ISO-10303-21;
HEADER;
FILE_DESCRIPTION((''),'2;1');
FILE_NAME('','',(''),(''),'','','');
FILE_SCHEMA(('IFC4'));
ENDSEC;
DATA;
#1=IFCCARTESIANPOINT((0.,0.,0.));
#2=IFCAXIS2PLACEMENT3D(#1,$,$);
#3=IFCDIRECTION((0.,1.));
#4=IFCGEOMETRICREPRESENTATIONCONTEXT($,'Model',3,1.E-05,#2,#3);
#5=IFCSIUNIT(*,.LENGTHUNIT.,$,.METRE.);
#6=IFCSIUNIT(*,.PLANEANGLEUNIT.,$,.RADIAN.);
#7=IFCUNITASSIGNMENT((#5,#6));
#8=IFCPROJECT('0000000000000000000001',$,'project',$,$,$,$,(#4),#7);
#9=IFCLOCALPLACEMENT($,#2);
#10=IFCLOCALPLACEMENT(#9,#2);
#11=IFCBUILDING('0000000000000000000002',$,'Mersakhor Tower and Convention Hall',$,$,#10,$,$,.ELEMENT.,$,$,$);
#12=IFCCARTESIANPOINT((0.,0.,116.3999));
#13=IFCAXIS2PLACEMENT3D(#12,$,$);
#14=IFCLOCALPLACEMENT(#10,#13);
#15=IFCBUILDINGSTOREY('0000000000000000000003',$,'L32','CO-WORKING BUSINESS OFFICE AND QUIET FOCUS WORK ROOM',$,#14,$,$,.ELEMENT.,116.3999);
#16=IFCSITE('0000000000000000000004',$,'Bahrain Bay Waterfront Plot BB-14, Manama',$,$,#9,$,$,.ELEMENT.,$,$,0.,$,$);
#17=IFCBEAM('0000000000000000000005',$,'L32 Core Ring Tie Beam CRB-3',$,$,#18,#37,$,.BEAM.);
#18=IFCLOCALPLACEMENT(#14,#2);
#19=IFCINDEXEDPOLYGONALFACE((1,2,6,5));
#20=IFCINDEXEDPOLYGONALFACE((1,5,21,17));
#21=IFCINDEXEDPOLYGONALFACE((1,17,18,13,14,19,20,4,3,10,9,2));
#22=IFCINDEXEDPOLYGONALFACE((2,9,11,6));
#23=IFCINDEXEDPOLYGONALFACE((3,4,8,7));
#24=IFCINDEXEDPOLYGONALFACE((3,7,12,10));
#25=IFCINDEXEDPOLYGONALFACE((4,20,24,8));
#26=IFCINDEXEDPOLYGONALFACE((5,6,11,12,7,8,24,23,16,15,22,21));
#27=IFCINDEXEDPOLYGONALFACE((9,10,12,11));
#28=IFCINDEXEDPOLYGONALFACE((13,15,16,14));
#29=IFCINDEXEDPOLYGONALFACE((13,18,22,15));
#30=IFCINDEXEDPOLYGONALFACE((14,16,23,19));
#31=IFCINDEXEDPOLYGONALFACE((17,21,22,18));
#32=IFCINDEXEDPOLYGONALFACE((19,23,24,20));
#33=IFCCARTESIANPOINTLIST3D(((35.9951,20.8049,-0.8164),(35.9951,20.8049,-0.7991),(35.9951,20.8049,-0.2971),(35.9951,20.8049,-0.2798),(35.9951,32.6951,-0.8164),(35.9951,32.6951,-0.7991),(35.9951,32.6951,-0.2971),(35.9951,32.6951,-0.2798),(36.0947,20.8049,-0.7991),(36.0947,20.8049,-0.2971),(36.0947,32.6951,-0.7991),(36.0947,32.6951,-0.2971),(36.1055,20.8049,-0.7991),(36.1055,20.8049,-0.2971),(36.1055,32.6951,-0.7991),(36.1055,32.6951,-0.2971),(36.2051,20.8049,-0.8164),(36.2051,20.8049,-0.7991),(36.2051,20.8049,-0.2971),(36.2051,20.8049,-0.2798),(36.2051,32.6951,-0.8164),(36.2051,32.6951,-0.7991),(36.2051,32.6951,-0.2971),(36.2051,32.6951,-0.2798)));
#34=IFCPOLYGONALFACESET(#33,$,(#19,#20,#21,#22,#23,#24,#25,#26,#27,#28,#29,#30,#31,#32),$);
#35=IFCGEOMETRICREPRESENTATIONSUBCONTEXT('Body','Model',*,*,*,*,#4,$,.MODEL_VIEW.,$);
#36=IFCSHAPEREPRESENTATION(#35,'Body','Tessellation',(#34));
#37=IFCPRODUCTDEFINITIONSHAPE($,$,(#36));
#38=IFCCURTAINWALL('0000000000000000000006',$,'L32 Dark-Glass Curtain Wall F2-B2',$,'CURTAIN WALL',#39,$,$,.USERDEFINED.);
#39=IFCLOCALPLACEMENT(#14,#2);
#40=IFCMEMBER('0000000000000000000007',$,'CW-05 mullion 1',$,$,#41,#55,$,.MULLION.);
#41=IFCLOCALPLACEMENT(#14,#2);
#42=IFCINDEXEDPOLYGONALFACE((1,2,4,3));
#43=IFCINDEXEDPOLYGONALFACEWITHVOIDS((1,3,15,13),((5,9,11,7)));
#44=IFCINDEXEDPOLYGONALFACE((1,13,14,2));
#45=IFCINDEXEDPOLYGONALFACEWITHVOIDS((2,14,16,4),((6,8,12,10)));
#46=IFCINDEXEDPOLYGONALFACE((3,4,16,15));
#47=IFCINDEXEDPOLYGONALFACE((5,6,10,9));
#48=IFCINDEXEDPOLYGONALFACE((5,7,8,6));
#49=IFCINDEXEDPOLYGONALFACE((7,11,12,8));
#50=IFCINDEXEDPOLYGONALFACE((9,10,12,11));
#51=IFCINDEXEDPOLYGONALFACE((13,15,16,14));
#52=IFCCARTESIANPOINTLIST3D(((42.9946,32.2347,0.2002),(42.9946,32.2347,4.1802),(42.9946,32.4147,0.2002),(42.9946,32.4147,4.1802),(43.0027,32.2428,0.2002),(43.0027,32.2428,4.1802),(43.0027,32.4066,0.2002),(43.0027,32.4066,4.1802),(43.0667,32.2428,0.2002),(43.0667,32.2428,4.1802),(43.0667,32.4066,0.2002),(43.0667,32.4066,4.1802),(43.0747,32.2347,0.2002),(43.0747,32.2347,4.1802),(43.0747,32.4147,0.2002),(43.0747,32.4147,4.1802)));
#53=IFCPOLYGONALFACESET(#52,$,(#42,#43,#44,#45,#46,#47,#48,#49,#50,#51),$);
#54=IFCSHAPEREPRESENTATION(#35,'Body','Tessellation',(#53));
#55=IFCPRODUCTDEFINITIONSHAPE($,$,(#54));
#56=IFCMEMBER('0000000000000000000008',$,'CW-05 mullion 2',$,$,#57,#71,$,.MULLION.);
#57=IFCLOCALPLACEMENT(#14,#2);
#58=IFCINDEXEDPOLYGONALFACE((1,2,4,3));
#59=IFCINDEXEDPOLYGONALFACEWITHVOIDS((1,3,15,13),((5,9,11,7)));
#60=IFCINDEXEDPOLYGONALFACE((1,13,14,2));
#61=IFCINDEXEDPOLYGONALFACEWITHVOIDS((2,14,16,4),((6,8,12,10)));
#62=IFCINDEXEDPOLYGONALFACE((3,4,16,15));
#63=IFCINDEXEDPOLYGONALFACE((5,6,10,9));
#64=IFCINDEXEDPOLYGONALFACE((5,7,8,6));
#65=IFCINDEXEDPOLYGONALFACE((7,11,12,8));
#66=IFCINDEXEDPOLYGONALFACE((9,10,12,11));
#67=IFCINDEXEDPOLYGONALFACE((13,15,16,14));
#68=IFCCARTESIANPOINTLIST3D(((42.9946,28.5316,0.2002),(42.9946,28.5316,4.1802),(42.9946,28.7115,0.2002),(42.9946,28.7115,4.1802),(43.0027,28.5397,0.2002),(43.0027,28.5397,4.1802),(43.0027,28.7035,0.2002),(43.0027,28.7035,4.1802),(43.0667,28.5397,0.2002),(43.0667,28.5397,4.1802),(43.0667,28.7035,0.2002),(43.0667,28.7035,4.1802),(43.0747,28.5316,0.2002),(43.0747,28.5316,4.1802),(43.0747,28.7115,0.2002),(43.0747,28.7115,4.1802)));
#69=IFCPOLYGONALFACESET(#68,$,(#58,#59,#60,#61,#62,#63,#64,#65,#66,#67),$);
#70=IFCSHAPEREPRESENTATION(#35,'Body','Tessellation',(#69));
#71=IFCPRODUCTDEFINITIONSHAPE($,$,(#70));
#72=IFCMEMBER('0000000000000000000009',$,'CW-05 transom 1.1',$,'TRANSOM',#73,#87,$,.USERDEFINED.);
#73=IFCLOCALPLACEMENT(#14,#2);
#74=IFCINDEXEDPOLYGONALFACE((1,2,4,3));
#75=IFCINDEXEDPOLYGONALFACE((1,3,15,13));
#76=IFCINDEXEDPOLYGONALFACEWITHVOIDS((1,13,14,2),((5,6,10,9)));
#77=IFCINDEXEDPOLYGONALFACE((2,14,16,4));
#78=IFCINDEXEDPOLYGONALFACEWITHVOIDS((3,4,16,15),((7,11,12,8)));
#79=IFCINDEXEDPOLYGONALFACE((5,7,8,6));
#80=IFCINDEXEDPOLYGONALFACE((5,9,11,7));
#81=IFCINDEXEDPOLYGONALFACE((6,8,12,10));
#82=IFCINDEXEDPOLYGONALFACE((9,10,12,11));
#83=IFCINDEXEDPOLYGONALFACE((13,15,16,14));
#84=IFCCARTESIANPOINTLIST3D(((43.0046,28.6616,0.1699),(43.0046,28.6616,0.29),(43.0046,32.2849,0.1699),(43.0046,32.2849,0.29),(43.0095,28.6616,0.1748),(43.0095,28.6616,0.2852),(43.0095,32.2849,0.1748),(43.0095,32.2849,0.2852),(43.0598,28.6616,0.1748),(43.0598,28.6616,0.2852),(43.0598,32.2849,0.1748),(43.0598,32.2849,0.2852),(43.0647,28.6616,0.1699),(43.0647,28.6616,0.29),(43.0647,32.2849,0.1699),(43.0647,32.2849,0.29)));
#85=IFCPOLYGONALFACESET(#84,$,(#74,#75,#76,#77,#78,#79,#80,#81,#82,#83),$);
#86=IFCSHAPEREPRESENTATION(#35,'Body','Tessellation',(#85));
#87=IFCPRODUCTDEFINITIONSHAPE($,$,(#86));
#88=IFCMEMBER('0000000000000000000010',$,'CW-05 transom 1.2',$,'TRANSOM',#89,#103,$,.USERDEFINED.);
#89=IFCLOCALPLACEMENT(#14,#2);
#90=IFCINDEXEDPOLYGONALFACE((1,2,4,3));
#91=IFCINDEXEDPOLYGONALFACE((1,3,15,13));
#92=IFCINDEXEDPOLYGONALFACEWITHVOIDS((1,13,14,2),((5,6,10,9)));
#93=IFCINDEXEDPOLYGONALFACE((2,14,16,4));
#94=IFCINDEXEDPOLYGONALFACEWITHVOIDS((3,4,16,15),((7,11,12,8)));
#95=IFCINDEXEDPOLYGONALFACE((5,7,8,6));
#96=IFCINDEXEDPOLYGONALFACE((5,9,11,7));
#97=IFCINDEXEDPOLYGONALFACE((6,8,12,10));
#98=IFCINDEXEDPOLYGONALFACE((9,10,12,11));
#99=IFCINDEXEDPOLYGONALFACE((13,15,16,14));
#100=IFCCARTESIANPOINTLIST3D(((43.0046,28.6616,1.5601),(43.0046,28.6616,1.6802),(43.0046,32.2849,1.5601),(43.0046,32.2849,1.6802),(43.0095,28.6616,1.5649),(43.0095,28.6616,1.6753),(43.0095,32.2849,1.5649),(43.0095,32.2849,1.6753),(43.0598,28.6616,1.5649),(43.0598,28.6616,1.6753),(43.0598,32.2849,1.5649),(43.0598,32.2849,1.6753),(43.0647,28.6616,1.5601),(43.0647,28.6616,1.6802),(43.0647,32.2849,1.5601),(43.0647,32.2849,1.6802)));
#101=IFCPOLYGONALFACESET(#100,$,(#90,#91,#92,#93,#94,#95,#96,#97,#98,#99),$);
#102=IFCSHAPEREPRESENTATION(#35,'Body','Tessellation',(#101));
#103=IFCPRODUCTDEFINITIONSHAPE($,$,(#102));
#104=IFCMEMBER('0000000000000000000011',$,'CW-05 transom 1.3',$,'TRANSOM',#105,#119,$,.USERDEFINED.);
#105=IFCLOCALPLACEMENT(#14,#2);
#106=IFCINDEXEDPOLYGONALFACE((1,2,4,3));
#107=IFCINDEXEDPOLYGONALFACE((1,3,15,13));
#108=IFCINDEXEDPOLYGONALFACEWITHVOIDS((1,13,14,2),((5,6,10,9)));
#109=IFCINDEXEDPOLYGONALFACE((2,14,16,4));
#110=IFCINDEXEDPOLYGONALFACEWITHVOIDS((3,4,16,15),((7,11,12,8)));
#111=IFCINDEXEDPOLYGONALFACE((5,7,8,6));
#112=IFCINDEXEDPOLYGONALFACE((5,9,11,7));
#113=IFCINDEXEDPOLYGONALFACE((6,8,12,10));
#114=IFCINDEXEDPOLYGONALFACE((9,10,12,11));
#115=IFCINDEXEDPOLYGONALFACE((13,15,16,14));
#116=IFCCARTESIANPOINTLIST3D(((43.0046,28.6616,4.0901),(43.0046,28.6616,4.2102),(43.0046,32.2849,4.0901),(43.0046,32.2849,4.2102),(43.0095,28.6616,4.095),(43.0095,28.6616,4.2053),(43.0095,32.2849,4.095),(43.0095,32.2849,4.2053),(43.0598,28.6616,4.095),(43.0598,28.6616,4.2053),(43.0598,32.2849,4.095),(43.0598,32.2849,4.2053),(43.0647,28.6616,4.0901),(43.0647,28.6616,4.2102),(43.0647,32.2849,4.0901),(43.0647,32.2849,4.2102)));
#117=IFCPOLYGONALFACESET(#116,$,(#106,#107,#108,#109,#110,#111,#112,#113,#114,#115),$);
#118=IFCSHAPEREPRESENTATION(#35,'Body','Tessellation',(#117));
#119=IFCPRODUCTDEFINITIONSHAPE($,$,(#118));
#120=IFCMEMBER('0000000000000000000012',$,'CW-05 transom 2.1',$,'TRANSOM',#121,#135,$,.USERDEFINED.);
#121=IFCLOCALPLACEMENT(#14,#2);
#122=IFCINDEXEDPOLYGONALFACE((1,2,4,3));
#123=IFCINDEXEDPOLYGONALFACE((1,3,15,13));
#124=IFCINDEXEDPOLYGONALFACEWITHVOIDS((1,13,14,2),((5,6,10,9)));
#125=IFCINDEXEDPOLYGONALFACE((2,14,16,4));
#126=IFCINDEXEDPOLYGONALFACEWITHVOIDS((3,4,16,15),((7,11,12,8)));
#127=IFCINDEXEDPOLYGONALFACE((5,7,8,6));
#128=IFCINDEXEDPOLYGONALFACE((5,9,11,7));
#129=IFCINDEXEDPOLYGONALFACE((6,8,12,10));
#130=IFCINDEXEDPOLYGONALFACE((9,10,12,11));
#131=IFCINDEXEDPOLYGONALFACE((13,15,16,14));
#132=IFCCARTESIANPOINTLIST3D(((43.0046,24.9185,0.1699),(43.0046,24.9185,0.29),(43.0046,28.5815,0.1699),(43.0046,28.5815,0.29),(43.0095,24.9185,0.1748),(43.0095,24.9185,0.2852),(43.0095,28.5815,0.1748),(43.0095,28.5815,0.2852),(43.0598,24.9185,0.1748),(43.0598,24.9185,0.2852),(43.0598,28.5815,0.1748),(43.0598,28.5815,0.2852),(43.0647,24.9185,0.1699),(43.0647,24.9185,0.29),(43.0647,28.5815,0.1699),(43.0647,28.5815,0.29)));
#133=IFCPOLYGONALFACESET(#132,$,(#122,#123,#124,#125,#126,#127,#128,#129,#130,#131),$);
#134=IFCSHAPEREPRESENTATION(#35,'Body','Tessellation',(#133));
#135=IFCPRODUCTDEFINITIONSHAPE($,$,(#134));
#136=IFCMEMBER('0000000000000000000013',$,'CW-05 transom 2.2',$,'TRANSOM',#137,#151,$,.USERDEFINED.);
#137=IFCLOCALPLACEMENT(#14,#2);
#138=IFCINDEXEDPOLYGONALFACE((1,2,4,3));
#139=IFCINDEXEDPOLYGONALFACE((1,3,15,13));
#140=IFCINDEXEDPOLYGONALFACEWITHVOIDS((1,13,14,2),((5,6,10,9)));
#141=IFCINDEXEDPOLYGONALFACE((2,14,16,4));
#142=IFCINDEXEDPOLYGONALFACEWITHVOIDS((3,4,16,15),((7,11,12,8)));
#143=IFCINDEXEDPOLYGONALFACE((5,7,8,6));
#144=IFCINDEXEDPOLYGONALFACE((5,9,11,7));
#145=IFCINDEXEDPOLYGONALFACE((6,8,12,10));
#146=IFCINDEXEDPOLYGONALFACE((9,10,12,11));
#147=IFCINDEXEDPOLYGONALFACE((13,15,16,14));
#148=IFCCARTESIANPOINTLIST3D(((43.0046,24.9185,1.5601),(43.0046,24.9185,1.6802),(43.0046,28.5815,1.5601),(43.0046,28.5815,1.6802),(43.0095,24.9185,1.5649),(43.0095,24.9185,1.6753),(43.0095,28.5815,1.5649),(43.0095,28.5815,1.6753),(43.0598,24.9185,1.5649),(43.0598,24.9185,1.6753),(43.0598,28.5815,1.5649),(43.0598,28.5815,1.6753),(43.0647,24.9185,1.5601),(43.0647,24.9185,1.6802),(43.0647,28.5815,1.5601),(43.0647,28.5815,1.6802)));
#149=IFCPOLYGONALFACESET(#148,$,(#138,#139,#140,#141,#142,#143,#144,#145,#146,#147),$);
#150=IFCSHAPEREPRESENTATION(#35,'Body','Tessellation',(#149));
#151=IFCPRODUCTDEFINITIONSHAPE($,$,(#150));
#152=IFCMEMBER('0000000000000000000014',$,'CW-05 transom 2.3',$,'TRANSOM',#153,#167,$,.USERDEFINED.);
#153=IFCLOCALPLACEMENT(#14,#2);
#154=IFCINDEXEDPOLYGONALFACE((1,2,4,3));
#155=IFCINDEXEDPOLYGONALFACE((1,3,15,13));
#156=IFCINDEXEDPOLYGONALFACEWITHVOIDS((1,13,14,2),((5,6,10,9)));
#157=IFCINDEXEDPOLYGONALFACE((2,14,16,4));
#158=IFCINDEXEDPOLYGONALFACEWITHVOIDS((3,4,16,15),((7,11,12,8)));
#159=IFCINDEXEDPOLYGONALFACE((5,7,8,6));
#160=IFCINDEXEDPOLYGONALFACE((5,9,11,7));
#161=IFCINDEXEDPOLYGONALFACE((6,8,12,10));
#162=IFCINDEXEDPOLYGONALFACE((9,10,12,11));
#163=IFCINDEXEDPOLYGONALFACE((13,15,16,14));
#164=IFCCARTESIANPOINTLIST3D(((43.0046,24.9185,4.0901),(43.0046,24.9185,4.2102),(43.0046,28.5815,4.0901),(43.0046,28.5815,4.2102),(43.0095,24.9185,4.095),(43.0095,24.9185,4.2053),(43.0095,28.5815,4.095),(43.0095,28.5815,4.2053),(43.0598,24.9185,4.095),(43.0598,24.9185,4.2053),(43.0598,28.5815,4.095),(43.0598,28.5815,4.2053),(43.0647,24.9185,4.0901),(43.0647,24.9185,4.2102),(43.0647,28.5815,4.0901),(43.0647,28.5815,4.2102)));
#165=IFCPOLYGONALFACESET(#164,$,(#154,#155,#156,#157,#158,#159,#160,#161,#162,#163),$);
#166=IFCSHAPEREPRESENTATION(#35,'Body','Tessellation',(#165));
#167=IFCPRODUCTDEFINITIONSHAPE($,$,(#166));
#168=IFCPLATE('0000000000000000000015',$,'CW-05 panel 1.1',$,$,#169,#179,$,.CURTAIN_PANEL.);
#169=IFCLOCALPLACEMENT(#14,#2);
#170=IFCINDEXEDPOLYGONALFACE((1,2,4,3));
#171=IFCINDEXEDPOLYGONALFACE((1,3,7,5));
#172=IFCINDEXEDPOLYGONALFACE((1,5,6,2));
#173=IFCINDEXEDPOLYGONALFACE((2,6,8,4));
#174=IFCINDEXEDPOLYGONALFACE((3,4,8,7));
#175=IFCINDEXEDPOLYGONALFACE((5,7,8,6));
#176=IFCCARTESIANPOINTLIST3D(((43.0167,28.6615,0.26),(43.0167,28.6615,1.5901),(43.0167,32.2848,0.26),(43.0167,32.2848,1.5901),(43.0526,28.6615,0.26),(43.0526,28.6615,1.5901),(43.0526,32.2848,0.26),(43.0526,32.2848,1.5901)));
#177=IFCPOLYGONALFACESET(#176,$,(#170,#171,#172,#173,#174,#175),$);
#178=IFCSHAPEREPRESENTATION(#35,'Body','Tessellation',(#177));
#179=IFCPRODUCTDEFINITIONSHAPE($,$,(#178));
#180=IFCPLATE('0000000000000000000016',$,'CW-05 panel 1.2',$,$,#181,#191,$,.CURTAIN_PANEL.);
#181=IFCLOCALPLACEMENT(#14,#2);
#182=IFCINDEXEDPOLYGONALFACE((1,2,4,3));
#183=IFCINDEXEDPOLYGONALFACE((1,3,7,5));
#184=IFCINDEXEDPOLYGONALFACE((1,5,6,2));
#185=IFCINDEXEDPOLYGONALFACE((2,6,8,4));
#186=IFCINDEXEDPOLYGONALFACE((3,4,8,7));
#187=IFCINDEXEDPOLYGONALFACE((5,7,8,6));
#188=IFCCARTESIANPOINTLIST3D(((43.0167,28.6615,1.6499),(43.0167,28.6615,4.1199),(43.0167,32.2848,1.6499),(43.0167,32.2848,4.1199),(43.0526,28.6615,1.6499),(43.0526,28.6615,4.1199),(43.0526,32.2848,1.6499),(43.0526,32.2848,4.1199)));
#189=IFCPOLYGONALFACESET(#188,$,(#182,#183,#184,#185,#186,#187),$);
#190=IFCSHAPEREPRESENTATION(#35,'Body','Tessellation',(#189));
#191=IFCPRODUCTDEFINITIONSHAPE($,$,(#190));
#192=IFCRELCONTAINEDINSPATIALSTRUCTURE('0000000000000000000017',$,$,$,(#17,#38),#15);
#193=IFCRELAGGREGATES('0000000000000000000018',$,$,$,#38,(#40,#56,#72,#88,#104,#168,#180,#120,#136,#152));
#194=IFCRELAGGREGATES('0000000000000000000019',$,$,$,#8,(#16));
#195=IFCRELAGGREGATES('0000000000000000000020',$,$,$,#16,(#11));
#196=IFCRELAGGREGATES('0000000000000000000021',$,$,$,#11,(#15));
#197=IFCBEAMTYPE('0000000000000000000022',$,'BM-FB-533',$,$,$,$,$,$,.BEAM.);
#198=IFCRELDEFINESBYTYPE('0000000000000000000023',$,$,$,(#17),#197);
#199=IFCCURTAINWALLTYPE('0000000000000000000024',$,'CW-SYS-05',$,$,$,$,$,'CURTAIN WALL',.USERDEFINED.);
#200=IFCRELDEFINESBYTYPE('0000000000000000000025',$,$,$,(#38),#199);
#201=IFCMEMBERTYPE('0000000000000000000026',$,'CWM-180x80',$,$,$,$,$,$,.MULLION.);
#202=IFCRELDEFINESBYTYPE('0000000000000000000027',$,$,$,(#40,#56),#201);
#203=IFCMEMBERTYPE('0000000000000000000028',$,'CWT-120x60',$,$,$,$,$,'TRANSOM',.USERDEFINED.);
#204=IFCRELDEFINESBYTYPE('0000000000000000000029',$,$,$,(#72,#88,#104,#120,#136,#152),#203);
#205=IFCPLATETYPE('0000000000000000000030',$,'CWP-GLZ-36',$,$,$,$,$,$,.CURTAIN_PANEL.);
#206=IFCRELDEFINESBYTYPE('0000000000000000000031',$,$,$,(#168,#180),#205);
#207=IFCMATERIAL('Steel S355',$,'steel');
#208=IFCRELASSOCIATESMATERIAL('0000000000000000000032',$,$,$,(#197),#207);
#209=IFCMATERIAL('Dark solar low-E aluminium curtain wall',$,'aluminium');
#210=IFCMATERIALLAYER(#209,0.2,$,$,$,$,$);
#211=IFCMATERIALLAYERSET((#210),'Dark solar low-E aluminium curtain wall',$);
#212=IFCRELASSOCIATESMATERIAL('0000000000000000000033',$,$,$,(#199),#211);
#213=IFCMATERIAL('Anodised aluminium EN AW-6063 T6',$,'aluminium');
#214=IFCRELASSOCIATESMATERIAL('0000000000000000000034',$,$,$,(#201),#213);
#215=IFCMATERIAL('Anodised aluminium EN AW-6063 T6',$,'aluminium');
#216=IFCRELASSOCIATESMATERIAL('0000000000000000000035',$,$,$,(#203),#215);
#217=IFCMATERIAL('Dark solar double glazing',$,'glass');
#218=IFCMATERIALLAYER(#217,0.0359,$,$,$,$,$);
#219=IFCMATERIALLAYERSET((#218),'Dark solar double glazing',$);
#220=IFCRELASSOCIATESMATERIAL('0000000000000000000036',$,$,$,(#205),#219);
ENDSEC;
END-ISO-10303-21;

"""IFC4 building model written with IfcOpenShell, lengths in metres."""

from ifc_helpers import new_model, si_unit, direction, frame, origin, origin_2d, place, context, subcontext, project, spatial, rectangle, hollow_rectangle, i_section, extrude, material, layer, layer_set, material_profile, profile_set, type_object, element, aggregate, save


model = new_model("IFC4")

# Units and contexts
model_context = context("Model", 3, precision=1e-05, world=origin(), true_north=direction((0.0, 1.0)))
body_context = subcontext(model_context, "Body", "Model", "MODEL_VIEW")
ifc_project = project(units=[si_unit("LENGTHUNIT", "METRE"), si_unit("PLANEANGLEUNIT", "RADIAN")], contexts=[model_context])

# Site, building, storey
site_placement = place(None, origin())
site = spatial("IfcSite", under=ifc_project, at=site_placement, Name="Bahrain Bay Waterfront Plot BB-14, Manama", CompositionType="ELEMENT", RefElevation=0.0)
building_placement = place(site_placement, origin())
building = spatial("IfcBuilding", under=site, at=building_placement, Name="Mersakhor Tower and Convention Hall", CompositionType="ELEMENT")
storey_placement = place(building_placement, frame((0.0, 0.0, 116.3999)))
storey = spatial("IfcBuildingStorey", under=building, at=storey_placement, Name="L32", Description="CO-WORKING BUSINESS OFFICE AND QUIET FOCUS WORK ROOM", CompositionType="ELEMENT", Elevation=116.3999)

# Beam
ifc_material_1 = material(Name="Steel S355", Category="steel")
ifc_material_profile_1 = material_profile(ifc_material_1, i_section(OverallWidth=0.21, OverallDepth=0.5366, WebThickness=0.0107, FlangeThickness=0.0173, at=origin_2d()), Name="UB 533x210x101")
ifc_profile_set_1 = profile_set([ifc_material_profile_1], Name="Steel S355")
beam_type = type_object("IfcBeamType", Name="BM-FB-533", PredefinedType="BEAM", material=ifc_profile_set_1)
beam_placement = place(storey_placement, frame((36.1001, 32.6951, -0.5481), z_axis=(0.0, -1.0, 0.0), x_axis=(1.0, 0.0, 0.0)))
element("IfcBeam", 1, at=beam_placement, inside=storey, type_object=beam_type, Name="L32 Core Ring Tie Beam CRB-3", PredefinedType="BEAM", context=body_context, shape_type="SweptSolid", body=[
    extrude(i_section(OverallWidth=0.21, OverallDepth=0.5366, WebThickness=0.0107, FlangeThickness=0.0173, at=origin_2d()), origin(), (0.0, 0.0, 1.0), 11.8901),
])

# Curtain wall, members, plates
ifc_material_2 = material(Name="Dark solar low-E aluminium curtain wall", Category="aluminium")
ifc_layer_1 = layer(ifc_material_2, 0.2)
ifc_layer_set_1 = layer_set([ifc_layer_1], Name="Dark solar low-E aluminium curtain wall")
curtain_wall_type = type_object("IfcCurtainWallType", Name="CW-SYS-05", ElementType="CURTAIN WALL", PredefinedType="USERDEFINED", material=ifc_layer_set_1)
curtain_wall_placement = place(storey_placement, origin())
curtain_wall = element("IfcCurtainWall", 2, at=curtain_wall_placement, inside=storey, type_object=curtain_wall_type, Name="L32 Dark-Glass Curtain Wall F2-B2", ObjectType="CURTAIN WALL", PredefinedType="USERDEFINED")
ifc_material_3 = material(Name="Anodised aluminium EN AW-6063 T6", Category="aluminium")
ifc_material_profile_2 = material_profile(ifc_material_3, hollow_rectangle(XDim=0.0801, YDim=0.1799, WallThickness=0.0081, at=origin_2d()), Name="RHS 180x80x8")
ifc_profile_set_2 = profile_set([ifc_material_profile_2], Name="Anodised aluminium EN AW-6063 T6")
member_type_1 = type_object("IfcMemberType", Name="CWM-180x80", PredefinedType="MULLION", material=ifc_profile_set_2)
member_1_placement = place(storey_placement, frame((43.0347, 32.3247, 0.2002), z_axis=(0.0, 0.0, 1.0), x_axis=(1.0, 0.0, 0.0)))
member_1 = element("IfcMember", 3, at=member_1_placement, type_object=member_type_1, Name="CW-05 mullion 1", PredefinedType="MULLION", context=body_context, shape_type="SweptSolid", body=[
    extrude(hollow_rectangle(XDim=0.0801, YDim=0.1799, WallThickness=0.0081, at=origin_2d()), origin(), (0.0, 0.0, 1.0), 3.98),
])
member_2_placement = place(storey_placement, frame((43.0347, 28.6216, 0.2002), z_axis=(0.0, 0.0, 1.0), x_axis=(1.0, 0.0, 0.0)))
member_2 = element("IfcMember", 4, at=member_2_placement, type_object=member_type_1, Name="CW-05 mullion 2", PredefinedType="MULLION", context=body_context, shape_type="SweptSolid", body=[
    extrude(hollow_rectangle(XDim=0.0801, YDim=0.1799, WallThickness=0.0081, at=origin_2d()), origin(), (0.0, 0.0, 1.0), 3.98),
])
ifc_material_4 = material(Name="Anodised aluminium EN AW-6063 T6", Category="aluminium")
ifc_material_profile_3 = material_profile(ifc_material_4, hollow_rectangle(XDim=0.0601, YDim=0.1201, WallThickness=0.0049, at=origin_2d()), Name="RHS 120x60x5")
ifc_profile_set_3 = profile_set([ifc_material_profile_3], Name="Anodised aluminium EN AW-6063 T6")
member_type_2 = type_object("IfcMemberType", Name="CWT-120x60", ElementType="TRANSOM", PredefinedType="USERDEFINED", material=ifc_profile_set_3)
member_3_placement = place(storey_placement, frame((43.0347, 32.2849, 0.23), z_axis=(0.0, -1.0, 0.0), x_axis=(1.0, 0.0, 0.0)))
member_3 = element("IfcMember", 5, at=member_3_placement, type_object=member_type_2, Name="CW-05 transom 1.1", ObjectType="TRANSOM", PredefinedType="USERDEFINED", context=body_context, shape_type="SweptSolid", body=[
    extrude(hollow_rectangle(XDim=0.0601, YDim=0.1201, WallThickness=0.0049, at=origin_2d()), origin(), (0.0, 0.0, 1.0), 3.6233),
])
member_4_placement = place(storey_placement, frame((43.0347, 32.2849, 1.6201), z_axis=(0.0, -1.0, 0.0), x_axis=(1.0, 0.0, 0.0)))
member_4 = element("IfcMember", 6, at=member_4_placement, type_object=member_type_2, Name="CW-05 transom 1.2", ObjectType="TRANSOM", PredefinedType="USERDEFINED", context=body_context, shape_type="SweptSolid", body=[
    extrude(hollow_rectangle(XDim=0.0601, YDim=0.1201, WallThickness=0.0049, at=origin_2d()), origin(), (0.0, 0.0, 1.0), 3.6233),
])
member_5_placement = place(storey_placement, frame((43.0347, 32.2849, 4.1501), z_axis=(0.0, -1.0, 0.0), x_axis=(1.0, 0.0, 0.0)))
member_5 = element("IfcMember", 7, at=member_5_placement, type_object=member_type_2, Name="CW-05 transom 1.3", ObjectType="TRANSOM", PredefinedType="USERDEFINED", context=body_context, shape_type="SweptSolid", body=[
    extrude(hollow_rectangle(XDim=0.0601, YDim=0.1201, WallThickness=0.0049, at=origin_2d()), origin(), (0.0, 0.0, 1.0), 3.6233),
])
member_6_placement = place(storey_placement, frame((43.0347, 28.5815, 0.23), z_axis=(0.0, -1.0, 0.0), x_axis=(1.0, 0.0, 0.0)))
member_6 = element("IfcMember", 8, at=member_6_placement, type_object=member_type_2, Name="CW-05 transom 2.1", ObjectType="TRANSOM", PredefinedType="USERDEFINED", context=body_context, shape_type="SweptSolid", body=[
    extrude(hollow_rectangle(XDim=0.0601, YDim=0.1201, WallThickness=0.0049, at=origin_2d()), origin(), (0.0, 0.0, 1.0), 3.6631),
])
member_7_placement = place(storey_placement, frame((43.0347, 28.5815, 1.6201), z_axis=(0.0, -1.0, 0.0), x_axis=(1.0, 0.0, 0.0)))
member_7 = element("IfcMember", 9, at=member_7_placement, type_object=member_type_2, Name="CW-05 transom 2.2", ObjectType="TRANSOM", PredefinedType="USERDEFINED", context=body_context, shape_type="SweptSolid", body=[
    extrude(hollow_rectangle(XDim=0.0601, YDim=0.1201, WallThickness=0.0049, at=origin_2d()), origin(), (0.0, 0.0, 1.0), 3.6631),
])
member_8_placement = place(storey_placement, frame((43.0347, 28.5815, 4.1501), z_axis=(0.0, -1.0, 0.0), x_axis=(1.0, 0.0, 0.0)))
member_8 = element("IfcMember", 10, at=member_8_placement, type_object=member_type_2, Name="CW-05 transom 2.3", ObjectType="TRANSOM", PredefinedType="USERDEFINED", context=body_context, shape_type="SweptSolid", body=[
    extrude(hollow_rectangle(XDim=0.0601, YDim=0.1201, WallThickness=0.0049, at=origin_2d()), origin(), (0.0, 0.0, 1.0), 3.6631),
])
ifc_material_5 = material(Name="Dark solar double glazing", Category="glass")
ifc_layer_2 = layer(ifc_material_5, 0.0359)
ifc_layer_set_2 = layer_set([ifc_layer_2], Name="Dark solar double glazing")
plate_type_1 = type_object("IfcPlateType", Name="CWP-GLZ-36", PredefinedType="CURTAIN_PANEL", material=ifc_layer_set_2)
plate_1_placement = place(storey_placement, frame((43.0347, 30.4731, 0.26), z_axis=(0.0, 0.0, 1.0), x_axis=(0.0, -1.0, 0.0)))
plate_1 = element("IfcPlate", 11, at=plate_1_placement, type_object=plate_type_1, Name="CW-05 panel 1.1", PredefinedType="CURTAIN_PANEL", context=body_context, shape_type="SweptSolid", body=[
    extrude(rectangle(XDim=3.6233, YDim=0.0359, at=origin_2d()), origin(), (0.0, 0.0, 1.0), 1.3301),
])
plate_2_placement = place(storey_placement, frame((43.0347, 30.4731, 1.6499), z_axis=(0.0, 0.0, 1.0), x_axis=(0.0, -1.0, 0.0)))
plate_2 = element("IfcPlate", 12, at=plate_2_placement, type_object=plate_type_1, Name="CW-05 panel 1.2", PredefinedType="CURTAIN_PANEL", context=body_context, shape_type="SweptSolid", body=[
    extrude(rectangle(XDim=3.6233, YDim=0.0359, at=origin_2d()), origin(), (0.0, 0.0, 1.0), 2.47),
])
aggregate(curtain_wall, [member_1, member_2, member_3, member_4, member_5, plate_1, plate_2, member_6, member_7, member_8])

save(model, "model.ifc")
